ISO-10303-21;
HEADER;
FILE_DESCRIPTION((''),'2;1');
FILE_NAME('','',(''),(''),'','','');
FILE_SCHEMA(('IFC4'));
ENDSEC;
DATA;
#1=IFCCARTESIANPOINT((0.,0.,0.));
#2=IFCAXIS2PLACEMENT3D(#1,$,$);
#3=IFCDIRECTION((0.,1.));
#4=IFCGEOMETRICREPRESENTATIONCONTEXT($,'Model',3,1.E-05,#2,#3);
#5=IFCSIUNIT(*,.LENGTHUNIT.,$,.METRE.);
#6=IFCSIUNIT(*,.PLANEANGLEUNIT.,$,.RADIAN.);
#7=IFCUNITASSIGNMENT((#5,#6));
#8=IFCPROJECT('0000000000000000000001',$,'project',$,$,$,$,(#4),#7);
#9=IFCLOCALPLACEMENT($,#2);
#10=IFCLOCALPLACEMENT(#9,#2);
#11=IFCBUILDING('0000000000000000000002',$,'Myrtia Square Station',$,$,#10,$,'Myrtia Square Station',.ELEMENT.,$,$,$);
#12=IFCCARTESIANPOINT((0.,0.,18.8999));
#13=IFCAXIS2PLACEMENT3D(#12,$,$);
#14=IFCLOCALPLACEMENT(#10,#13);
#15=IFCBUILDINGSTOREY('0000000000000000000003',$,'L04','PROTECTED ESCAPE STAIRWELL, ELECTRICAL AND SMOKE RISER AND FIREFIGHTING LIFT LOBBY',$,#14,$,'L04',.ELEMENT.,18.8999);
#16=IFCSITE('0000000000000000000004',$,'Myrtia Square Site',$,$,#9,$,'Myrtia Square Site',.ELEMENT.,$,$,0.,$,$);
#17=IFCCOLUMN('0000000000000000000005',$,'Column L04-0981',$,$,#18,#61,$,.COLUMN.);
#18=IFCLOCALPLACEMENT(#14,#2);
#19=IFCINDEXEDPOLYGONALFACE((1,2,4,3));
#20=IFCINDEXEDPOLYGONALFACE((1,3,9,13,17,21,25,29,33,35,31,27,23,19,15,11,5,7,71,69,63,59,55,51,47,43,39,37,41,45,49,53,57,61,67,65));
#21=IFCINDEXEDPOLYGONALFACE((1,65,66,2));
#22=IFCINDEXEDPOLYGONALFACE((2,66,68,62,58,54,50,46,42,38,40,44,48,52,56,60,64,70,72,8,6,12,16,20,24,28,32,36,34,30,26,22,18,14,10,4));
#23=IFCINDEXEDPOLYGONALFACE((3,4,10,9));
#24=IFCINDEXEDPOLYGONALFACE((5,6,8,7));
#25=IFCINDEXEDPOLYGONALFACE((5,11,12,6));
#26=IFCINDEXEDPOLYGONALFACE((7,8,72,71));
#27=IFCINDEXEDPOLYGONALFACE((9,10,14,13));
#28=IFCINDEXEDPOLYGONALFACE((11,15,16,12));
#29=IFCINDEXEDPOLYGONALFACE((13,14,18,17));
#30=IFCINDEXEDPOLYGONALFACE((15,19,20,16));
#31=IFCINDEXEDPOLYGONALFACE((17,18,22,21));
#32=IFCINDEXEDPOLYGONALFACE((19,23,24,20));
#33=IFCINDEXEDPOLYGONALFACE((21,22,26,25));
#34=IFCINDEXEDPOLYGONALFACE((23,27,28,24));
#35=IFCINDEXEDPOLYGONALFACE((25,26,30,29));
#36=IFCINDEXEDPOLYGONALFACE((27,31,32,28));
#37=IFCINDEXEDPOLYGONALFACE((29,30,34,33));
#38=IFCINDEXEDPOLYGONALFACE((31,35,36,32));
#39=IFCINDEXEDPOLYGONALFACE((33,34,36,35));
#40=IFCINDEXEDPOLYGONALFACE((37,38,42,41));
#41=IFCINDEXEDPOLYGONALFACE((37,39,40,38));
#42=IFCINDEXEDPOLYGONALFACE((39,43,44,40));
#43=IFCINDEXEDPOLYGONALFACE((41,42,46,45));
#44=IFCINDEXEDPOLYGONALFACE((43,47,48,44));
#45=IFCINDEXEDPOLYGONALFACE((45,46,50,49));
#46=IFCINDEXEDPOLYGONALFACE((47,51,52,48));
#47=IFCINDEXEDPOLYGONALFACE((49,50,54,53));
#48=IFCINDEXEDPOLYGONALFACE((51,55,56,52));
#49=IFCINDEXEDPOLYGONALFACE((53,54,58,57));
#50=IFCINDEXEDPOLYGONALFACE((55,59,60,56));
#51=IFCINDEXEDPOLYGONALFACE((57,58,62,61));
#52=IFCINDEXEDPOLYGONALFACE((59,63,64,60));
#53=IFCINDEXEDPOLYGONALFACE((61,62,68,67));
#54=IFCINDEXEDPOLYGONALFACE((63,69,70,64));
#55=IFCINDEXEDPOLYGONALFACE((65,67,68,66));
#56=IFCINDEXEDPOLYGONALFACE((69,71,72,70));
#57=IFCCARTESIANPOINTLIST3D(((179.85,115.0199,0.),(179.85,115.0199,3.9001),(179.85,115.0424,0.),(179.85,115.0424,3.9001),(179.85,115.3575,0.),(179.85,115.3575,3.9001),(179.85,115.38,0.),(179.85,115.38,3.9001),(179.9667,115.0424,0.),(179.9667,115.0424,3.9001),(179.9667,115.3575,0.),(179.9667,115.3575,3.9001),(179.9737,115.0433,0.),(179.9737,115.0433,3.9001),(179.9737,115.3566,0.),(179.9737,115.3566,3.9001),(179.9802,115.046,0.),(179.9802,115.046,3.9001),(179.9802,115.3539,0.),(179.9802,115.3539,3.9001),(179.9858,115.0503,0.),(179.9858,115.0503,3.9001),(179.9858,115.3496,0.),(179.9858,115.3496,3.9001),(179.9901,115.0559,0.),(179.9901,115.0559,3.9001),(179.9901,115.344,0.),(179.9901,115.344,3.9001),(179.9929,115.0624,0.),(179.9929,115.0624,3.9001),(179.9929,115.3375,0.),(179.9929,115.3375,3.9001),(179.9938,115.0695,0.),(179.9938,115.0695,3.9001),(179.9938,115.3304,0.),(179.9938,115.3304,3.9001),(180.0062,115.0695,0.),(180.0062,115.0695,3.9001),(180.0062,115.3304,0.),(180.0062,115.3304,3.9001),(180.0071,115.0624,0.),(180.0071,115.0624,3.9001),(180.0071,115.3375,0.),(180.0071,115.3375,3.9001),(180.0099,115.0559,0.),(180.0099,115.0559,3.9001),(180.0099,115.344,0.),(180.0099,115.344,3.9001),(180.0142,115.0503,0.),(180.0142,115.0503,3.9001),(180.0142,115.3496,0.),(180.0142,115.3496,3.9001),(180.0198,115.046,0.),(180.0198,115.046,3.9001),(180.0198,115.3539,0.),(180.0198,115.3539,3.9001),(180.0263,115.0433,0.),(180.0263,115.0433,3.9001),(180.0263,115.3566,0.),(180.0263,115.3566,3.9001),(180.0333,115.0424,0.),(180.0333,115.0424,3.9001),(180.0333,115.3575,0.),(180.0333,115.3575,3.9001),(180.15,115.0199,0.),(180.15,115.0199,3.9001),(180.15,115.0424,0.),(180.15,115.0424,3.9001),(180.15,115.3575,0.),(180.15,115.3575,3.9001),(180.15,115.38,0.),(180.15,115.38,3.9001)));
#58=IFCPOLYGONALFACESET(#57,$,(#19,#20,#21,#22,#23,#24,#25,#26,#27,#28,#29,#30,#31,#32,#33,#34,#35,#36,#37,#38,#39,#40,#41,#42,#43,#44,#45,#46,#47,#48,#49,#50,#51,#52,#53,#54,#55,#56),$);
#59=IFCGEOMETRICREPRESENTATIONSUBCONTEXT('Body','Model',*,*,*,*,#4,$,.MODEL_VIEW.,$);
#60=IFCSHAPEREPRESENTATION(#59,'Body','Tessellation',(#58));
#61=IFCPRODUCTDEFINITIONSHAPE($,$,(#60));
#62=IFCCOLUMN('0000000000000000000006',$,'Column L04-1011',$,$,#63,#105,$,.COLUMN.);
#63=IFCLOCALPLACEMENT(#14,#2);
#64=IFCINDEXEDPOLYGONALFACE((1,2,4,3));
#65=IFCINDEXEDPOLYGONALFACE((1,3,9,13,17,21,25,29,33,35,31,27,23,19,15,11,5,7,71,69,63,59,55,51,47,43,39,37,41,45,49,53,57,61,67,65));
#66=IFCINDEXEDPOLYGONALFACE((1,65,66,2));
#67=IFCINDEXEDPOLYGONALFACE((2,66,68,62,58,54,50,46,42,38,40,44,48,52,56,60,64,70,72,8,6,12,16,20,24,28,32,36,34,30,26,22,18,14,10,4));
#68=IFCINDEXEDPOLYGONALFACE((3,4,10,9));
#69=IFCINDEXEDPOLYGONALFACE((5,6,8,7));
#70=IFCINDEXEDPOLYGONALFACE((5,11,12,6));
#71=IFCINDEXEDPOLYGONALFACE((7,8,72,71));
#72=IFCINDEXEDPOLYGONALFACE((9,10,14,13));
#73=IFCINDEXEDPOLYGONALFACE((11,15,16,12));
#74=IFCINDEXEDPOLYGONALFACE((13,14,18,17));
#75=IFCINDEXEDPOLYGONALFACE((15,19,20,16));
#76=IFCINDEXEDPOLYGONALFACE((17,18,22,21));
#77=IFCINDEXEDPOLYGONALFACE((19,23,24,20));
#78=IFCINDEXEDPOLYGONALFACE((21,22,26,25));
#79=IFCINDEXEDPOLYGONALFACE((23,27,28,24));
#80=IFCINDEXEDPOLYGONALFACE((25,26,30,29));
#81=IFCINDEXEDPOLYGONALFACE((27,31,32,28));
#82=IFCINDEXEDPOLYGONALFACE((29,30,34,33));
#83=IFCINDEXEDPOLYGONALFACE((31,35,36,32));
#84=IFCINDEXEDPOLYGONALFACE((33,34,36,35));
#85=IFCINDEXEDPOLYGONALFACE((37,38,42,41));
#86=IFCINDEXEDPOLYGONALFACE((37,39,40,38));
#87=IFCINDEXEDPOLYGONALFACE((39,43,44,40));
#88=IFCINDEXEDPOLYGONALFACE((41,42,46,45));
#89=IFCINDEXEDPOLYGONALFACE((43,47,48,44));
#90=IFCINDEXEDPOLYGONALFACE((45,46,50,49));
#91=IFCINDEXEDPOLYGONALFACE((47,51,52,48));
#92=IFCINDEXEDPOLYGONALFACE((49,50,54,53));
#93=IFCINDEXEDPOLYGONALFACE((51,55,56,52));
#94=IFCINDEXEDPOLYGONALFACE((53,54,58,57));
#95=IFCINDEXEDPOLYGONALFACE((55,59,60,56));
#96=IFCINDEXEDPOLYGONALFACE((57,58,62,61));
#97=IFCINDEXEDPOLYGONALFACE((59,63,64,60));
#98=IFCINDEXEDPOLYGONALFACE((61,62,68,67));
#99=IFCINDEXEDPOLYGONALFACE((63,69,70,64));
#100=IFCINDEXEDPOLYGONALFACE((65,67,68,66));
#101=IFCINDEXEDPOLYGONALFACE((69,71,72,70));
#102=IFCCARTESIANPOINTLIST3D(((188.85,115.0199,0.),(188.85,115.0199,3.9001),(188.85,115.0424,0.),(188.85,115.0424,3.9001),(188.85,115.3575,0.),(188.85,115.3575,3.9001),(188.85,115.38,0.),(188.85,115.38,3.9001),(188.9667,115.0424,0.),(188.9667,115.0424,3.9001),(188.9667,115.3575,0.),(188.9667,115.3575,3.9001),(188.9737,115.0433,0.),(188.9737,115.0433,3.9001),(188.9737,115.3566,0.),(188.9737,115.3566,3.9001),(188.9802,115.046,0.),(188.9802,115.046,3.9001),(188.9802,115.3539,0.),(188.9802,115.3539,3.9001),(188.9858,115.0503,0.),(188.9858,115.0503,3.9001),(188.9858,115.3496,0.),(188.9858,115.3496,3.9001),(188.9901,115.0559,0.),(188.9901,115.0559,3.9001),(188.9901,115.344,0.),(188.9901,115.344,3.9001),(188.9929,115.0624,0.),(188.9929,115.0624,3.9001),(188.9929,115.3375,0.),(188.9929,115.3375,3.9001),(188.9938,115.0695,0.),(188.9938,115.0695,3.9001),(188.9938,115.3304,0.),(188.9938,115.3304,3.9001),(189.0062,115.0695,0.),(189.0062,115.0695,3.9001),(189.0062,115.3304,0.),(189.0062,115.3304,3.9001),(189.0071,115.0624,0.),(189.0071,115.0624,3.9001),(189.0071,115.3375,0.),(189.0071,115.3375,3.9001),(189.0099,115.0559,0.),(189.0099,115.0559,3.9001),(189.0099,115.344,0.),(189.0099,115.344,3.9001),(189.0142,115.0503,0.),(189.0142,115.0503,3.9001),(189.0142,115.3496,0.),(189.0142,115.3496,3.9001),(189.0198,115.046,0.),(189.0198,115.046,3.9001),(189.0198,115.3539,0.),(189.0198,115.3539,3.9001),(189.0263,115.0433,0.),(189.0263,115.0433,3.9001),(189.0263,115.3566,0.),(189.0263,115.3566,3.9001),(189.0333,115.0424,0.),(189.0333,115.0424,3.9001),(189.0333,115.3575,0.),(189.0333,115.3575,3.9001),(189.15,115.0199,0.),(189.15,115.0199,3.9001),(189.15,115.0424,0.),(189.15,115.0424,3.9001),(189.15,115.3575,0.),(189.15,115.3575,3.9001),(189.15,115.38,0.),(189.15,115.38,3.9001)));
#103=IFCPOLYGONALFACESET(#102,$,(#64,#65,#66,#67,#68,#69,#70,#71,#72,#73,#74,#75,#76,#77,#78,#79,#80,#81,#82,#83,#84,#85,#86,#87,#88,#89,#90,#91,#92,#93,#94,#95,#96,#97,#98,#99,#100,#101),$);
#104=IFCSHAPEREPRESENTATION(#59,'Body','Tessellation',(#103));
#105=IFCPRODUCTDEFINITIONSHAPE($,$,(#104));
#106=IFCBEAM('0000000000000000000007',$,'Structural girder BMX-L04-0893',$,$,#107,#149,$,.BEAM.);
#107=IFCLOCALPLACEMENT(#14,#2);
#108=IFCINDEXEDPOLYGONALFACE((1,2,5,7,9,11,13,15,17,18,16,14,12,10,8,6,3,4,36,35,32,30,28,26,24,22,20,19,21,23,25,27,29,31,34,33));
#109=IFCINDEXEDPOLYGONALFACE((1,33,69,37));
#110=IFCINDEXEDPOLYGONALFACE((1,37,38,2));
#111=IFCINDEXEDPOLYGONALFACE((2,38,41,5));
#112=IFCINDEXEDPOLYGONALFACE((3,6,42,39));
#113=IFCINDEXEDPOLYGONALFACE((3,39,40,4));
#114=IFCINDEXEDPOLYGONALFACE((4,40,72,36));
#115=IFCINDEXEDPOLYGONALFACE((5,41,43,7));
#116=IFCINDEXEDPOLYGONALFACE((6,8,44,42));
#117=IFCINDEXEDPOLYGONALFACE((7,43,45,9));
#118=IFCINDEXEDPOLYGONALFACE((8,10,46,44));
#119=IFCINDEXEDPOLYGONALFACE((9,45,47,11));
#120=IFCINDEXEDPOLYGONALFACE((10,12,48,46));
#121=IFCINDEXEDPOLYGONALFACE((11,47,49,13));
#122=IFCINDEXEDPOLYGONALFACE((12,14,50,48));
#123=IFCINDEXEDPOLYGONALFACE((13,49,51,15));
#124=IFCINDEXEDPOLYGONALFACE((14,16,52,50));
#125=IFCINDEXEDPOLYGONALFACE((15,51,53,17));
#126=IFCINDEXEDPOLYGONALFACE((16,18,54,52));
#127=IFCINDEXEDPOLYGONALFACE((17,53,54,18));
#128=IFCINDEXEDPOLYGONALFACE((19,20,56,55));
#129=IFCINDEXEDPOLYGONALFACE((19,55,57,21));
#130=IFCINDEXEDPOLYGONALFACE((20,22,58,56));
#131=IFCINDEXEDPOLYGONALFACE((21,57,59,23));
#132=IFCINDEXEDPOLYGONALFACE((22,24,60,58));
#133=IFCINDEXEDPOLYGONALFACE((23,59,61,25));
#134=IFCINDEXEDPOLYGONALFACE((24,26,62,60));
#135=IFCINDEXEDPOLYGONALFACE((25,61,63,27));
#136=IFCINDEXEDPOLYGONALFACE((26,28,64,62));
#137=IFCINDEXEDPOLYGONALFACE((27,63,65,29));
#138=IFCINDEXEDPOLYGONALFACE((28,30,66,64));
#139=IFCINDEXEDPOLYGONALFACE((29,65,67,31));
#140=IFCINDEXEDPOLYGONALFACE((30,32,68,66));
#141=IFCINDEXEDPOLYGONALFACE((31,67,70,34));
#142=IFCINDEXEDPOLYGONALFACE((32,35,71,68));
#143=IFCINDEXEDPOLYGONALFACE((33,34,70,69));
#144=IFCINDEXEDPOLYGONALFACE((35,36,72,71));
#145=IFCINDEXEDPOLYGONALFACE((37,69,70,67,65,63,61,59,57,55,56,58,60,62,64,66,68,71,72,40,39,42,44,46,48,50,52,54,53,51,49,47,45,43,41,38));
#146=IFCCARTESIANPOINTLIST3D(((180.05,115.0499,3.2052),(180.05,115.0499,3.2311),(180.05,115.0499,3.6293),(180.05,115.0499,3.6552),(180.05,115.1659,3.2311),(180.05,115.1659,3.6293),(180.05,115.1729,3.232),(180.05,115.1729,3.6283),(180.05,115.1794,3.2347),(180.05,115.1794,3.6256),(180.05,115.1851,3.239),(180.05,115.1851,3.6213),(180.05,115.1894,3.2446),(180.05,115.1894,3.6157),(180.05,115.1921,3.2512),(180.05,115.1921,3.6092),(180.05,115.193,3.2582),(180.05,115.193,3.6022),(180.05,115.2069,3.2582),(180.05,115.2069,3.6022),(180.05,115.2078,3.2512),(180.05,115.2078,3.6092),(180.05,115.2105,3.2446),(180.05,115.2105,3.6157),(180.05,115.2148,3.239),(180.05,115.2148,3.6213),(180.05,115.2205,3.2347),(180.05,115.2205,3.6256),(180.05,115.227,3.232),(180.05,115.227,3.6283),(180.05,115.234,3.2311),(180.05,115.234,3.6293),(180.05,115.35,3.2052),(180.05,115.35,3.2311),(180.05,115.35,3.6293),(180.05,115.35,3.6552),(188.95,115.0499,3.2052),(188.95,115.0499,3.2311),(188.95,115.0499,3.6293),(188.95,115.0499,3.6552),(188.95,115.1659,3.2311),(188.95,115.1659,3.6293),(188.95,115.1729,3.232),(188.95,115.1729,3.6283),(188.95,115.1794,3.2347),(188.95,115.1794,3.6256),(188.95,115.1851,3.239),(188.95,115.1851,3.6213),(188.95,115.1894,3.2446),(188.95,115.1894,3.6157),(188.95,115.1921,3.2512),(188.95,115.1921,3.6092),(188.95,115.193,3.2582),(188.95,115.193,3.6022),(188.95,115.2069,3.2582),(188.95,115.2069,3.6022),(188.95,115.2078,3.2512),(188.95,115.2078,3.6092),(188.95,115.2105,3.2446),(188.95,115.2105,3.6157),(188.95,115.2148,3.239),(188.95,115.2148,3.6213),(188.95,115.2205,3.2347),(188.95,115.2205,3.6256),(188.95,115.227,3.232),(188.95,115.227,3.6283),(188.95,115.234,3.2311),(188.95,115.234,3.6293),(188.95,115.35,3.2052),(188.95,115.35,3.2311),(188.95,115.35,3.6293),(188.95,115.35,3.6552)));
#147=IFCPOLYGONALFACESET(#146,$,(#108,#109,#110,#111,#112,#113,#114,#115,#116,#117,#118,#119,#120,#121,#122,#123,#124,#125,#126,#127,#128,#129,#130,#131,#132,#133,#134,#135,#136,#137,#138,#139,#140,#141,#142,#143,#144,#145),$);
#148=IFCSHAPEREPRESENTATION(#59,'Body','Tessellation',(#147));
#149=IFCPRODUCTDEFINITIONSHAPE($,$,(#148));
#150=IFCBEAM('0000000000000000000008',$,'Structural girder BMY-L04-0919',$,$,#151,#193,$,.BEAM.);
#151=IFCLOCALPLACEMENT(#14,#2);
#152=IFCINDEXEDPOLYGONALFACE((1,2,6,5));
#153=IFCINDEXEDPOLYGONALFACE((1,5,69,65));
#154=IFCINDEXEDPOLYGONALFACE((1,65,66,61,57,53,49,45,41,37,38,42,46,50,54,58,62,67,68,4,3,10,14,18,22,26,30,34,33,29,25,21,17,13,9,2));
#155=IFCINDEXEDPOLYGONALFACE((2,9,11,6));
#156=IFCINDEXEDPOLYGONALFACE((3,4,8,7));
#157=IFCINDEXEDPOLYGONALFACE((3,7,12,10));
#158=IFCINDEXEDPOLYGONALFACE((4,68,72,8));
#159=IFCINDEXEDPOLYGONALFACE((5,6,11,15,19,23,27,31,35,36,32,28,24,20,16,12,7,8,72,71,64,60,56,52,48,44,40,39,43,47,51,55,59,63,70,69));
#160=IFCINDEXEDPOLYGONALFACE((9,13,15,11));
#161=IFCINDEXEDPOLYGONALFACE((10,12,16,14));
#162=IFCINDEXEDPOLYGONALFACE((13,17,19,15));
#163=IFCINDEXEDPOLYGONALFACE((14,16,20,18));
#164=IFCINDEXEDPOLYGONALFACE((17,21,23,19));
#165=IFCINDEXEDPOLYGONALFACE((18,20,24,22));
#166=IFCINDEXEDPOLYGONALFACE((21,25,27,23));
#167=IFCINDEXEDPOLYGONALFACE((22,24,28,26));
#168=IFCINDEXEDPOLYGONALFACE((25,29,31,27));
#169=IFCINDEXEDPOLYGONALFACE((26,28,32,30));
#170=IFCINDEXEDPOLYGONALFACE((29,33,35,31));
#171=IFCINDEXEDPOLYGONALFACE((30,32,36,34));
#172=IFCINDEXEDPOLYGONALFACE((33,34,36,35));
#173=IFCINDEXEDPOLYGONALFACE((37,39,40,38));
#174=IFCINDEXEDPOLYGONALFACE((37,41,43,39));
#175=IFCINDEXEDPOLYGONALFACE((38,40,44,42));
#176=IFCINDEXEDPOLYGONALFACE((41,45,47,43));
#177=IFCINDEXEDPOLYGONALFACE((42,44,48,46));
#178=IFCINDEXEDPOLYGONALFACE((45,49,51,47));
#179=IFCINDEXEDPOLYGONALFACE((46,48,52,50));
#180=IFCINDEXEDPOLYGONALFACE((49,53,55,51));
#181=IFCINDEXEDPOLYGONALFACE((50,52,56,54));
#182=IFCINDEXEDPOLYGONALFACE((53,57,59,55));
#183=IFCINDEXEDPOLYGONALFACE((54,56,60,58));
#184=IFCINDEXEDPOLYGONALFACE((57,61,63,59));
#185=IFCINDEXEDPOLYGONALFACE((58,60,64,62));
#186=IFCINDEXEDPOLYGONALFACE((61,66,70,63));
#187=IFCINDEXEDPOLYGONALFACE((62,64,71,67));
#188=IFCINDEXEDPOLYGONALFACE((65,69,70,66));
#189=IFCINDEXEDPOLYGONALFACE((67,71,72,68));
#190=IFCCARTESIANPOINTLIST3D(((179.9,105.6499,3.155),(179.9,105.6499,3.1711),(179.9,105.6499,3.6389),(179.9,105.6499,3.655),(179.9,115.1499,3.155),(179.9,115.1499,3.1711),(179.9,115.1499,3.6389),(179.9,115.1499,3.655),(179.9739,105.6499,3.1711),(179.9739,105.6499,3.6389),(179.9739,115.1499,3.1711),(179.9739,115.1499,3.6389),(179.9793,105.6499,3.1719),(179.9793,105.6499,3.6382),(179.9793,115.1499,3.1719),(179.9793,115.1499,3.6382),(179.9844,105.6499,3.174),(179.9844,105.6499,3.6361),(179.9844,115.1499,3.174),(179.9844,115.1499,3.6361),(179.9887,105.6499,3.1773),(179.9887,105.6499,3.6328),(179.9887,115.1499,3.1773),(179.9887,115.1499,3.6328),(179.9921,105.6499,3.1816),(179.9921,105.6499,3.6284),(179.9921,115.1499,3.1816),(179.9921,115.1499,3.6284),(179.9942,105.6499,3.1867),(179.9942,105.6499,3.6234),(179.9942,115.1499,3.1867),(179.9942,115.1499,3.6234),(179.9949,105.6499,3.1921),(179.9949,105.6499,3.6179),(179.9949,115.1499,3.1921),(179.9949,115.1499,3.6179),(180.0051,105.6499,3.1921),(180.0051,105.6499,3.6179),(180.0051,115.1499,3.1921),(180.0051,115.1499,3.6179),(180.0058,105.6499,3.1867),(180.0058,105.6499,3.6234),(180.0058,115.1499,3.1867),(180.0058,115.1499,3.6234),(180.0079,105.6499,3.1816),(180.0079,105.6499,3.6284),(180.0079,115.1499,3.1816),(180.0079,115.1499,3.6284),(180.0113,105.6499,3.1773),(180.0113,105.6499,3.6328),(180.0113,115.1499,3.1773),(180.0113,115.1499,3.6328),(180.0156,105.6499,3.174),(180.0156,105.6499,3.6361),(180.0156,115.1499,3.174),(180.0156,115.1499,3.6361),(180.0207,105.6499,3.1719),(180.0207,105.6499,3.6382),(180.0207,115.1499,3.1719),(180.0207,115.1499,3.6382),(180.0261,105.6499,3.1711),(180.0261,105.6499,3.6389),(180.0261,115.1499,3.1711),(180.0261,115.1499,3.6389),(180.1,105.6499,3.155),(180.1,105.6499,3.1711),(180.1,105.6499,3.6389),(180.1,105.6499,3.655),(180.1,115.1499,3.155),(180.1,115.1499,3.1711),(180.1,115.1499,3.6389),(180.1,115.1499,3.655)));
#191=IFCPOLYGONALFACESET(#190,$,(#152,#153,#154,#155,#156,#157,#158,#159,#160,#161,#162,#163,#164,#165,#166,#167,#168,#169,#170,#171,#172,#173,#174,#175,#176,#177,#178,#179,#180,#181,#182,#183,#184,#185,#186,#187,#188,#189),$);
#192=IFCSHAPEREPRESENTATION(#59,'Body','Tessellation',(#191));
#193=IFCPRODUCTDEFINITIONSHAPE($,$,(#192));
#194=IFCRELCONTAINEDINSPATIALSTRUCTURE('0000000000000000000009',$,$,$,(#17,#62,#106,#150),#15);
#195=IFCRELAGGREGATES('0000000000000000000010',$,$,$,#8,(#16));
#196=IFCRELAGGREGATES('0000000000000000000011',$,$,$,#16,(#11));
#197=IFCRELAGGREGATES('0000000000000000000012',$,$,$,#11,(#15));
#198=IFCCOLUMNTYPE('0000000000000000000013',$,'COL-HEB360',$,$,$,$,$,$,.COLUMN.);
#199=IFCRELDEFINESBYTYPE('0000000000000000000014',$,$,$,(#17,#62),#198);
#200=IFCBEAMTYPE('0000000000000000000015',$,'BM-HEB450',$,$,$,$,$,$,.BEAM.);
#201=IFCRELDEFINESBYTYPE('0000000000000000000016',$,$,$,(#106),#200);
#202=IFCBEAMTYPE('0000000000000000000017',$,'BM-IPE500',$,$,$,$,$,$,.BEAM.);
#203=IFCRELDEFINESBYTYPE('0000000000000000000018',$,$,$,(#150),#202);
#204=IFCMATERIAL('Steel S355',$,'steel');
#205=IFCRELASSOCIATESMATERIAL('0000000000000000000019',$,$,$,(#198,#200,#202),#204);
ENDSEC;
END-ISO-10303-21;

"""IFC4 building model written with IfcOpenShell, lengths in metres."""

from ifc_helpers import new_model, si_unit, direction, frame, origin, origin_2d, place, context, subcontext, project, spatial, i_section, extrude, material, material_profile, profile_set, type_object, element, save


model = new_model("IFC4")

# Units and contexts
model_context = context("Model", 3, precision=1e-05, world=origin(), true_north=direction((0.0, 1.0)))
body_context = subcontext(model_context, "Body", "Model", "MODEL_VIEW")
ifc_project = project(units=[si_unit("LENGTHUNIT", "METRE"), si_unit("PLANEANGLEUNIT", "RADIAN")], contexts=[model_context])

# Site, building, storey
site_placement = place(None, origin())
site = spatial("IfcSite", under=ifc_project, at=site_placement, Name="Myrtia Square Site", LongName="Myrtia Square Site", CompositionType="ELEMENT", RefElevation=0.0)
building_placement = place(site_placement, origin())
building = spatial("IfcBuilding", under=site, at=building_placement, Name="Myrtia Square Station", LongName="Myrtia Square Station", CompositionType="ELEMENT")
storey_placement = place(building_placement, frame((0.0, 0.0, 18.8999)))
storey = spatial("IfcBuildingStorey", under=building, at=storey_placement, Name="L04", Description="PROTECTED ESCAPE STAIRWELL, ELECTRICAL AND SMOKE RISER AND FIREFIGHTING LIFT LOBBY", LongName="L04", CompositionType="ELEMENT", Elevation=18.8999)

# Columns
ifc_material_1 = material(Name="Steel S355", Category="steel")
ifc_material_profile_1 = material_profile(ifc_material_1, i_section(OverallWidth=0.3, OverallDepth=0.3601, WebThickness=0.0125, FlangeThickness=0.0225, FilletRadius=0.0271, at=origin_2d()), Name="HEB 360")
ifc_profile_set_1 = profile_set([ifc_material_profile_1], Name="Steel S355")
column_type = type_object("IfcColumnType", Name="COL-HEB360", PredefinedType="COLUMN", material=ifc_profile_set_1)
for number, where, z_axis, x_axis, name in (
    (1, (180.0, 115.2, 0.0), (0.0, 0.0, 1.0), (1.0, 0.0, 0.0), "Column L04-0981"),
    (2, (189.0, 115.2, 0.0), (0.0, 0.0, 1.0), (1.0, 0.0, 0.0), "Column L04-1011"),
):
    element("IfcColumn", number, at=place(storey_placement, frame(where, z_axis=z_axis, x_axis=x_axis)), inside=storey, type_object=column_type, Name=name, PredefinedType="COLUMN", context=body_context, shape_type="SweptSolid", body=[
        extrude(i_section(OverallWidth=0.3, OverallDepth=0.3601, WebThickness=0.0125, FlangeThickness=0.0225, FilletRadius=0.0271, at=origin_2d()), origin(), (0.0, 0.0, 1.0), 3.9001),
    ])

# Beams
ifc_material_profile_2 = material_profile(ifc_material_1, i_section(OverallWidth=0.3, OverallDepth=0.45, WebThickness=0.0139, FlangeThickness=0.0259, FilletRadius=0.0271, at=origin_2d()), Name="HEB 450")
ifc_profile_set_2 = profile_set([ifc_material_profile_2], Name="Steel S355")
beam_type_1 = type_object("IfcBeamType", Name="BM-HEB450", PredefinedType="BEAM", material=ifc_profile_set_2)
beam_placement = place(storey_placement, frame((180.05, 115.2, 3.4302), z_axis=(1.0, 0.0, 0.0), x_axis=(0.0, 1.0, 0.0)))
element("IfcBeam", 3, at=beam_placement, inside=storey, type_object=beam_type_1, Name="Structural girder BMX-L04-0893", PredefinedType="BEAM", context=body_context, shape_type="SweptSolid", body=[
    extrude(i_section(OverallWidth=0.3, OverallDepth=0.45, WebThickness=0.0139, FlangeThickness=0.0259, FilletRadius=0.0271, at=origin_2d()), origin(), (0.0, 0.0, 1.0), 8.8999),
])
ifc_material_profile_3 = material_profile(ifc_material_1, i_section(OverallWidth=0.2, OverallDepth=0.5, WebThickness=0.0103, FlangeThickness=0.0161, FilletRadius=0.021, at=origin_2d()), Name="IPE 500")
ifc_profile_set_3 = profile_set([ifc_material_profile_3], Name="Steel S355")
beam_type_2 = type_object("IfcBeamType", Name="BM-IPE500", PredefinedType="BEAM", material=ifc_profile_set_3)
for number, where, z_axis, x_axis, name in (
    (4, (180.0, 105.6499, 3.405), (0.0, 1.0, 0.0), (-1.0, 0.0, 0.0), "Structural girder BMY-L04-0919"),
):
    element("IfcBeam", number, at=place(storey_placement, frame(where, z_axis=z_axis, x_axis=x_axis)), inside=storey, type_object=beam_type_2, Name=name, PredefinedType="BEAM", context=body_context, shape_type="SweptSolid", body=[
        extrude(i_section(OverallWidth=0.2, OverallDepth=0.5, WebThickness=0.0103, FlangeThickness=0.0161, FilletRadius=0.021, at=origin_2d()), origin(), (0.0, 0.0, 1.0), 9.5),
    ])

save(model, "model.ifc")
